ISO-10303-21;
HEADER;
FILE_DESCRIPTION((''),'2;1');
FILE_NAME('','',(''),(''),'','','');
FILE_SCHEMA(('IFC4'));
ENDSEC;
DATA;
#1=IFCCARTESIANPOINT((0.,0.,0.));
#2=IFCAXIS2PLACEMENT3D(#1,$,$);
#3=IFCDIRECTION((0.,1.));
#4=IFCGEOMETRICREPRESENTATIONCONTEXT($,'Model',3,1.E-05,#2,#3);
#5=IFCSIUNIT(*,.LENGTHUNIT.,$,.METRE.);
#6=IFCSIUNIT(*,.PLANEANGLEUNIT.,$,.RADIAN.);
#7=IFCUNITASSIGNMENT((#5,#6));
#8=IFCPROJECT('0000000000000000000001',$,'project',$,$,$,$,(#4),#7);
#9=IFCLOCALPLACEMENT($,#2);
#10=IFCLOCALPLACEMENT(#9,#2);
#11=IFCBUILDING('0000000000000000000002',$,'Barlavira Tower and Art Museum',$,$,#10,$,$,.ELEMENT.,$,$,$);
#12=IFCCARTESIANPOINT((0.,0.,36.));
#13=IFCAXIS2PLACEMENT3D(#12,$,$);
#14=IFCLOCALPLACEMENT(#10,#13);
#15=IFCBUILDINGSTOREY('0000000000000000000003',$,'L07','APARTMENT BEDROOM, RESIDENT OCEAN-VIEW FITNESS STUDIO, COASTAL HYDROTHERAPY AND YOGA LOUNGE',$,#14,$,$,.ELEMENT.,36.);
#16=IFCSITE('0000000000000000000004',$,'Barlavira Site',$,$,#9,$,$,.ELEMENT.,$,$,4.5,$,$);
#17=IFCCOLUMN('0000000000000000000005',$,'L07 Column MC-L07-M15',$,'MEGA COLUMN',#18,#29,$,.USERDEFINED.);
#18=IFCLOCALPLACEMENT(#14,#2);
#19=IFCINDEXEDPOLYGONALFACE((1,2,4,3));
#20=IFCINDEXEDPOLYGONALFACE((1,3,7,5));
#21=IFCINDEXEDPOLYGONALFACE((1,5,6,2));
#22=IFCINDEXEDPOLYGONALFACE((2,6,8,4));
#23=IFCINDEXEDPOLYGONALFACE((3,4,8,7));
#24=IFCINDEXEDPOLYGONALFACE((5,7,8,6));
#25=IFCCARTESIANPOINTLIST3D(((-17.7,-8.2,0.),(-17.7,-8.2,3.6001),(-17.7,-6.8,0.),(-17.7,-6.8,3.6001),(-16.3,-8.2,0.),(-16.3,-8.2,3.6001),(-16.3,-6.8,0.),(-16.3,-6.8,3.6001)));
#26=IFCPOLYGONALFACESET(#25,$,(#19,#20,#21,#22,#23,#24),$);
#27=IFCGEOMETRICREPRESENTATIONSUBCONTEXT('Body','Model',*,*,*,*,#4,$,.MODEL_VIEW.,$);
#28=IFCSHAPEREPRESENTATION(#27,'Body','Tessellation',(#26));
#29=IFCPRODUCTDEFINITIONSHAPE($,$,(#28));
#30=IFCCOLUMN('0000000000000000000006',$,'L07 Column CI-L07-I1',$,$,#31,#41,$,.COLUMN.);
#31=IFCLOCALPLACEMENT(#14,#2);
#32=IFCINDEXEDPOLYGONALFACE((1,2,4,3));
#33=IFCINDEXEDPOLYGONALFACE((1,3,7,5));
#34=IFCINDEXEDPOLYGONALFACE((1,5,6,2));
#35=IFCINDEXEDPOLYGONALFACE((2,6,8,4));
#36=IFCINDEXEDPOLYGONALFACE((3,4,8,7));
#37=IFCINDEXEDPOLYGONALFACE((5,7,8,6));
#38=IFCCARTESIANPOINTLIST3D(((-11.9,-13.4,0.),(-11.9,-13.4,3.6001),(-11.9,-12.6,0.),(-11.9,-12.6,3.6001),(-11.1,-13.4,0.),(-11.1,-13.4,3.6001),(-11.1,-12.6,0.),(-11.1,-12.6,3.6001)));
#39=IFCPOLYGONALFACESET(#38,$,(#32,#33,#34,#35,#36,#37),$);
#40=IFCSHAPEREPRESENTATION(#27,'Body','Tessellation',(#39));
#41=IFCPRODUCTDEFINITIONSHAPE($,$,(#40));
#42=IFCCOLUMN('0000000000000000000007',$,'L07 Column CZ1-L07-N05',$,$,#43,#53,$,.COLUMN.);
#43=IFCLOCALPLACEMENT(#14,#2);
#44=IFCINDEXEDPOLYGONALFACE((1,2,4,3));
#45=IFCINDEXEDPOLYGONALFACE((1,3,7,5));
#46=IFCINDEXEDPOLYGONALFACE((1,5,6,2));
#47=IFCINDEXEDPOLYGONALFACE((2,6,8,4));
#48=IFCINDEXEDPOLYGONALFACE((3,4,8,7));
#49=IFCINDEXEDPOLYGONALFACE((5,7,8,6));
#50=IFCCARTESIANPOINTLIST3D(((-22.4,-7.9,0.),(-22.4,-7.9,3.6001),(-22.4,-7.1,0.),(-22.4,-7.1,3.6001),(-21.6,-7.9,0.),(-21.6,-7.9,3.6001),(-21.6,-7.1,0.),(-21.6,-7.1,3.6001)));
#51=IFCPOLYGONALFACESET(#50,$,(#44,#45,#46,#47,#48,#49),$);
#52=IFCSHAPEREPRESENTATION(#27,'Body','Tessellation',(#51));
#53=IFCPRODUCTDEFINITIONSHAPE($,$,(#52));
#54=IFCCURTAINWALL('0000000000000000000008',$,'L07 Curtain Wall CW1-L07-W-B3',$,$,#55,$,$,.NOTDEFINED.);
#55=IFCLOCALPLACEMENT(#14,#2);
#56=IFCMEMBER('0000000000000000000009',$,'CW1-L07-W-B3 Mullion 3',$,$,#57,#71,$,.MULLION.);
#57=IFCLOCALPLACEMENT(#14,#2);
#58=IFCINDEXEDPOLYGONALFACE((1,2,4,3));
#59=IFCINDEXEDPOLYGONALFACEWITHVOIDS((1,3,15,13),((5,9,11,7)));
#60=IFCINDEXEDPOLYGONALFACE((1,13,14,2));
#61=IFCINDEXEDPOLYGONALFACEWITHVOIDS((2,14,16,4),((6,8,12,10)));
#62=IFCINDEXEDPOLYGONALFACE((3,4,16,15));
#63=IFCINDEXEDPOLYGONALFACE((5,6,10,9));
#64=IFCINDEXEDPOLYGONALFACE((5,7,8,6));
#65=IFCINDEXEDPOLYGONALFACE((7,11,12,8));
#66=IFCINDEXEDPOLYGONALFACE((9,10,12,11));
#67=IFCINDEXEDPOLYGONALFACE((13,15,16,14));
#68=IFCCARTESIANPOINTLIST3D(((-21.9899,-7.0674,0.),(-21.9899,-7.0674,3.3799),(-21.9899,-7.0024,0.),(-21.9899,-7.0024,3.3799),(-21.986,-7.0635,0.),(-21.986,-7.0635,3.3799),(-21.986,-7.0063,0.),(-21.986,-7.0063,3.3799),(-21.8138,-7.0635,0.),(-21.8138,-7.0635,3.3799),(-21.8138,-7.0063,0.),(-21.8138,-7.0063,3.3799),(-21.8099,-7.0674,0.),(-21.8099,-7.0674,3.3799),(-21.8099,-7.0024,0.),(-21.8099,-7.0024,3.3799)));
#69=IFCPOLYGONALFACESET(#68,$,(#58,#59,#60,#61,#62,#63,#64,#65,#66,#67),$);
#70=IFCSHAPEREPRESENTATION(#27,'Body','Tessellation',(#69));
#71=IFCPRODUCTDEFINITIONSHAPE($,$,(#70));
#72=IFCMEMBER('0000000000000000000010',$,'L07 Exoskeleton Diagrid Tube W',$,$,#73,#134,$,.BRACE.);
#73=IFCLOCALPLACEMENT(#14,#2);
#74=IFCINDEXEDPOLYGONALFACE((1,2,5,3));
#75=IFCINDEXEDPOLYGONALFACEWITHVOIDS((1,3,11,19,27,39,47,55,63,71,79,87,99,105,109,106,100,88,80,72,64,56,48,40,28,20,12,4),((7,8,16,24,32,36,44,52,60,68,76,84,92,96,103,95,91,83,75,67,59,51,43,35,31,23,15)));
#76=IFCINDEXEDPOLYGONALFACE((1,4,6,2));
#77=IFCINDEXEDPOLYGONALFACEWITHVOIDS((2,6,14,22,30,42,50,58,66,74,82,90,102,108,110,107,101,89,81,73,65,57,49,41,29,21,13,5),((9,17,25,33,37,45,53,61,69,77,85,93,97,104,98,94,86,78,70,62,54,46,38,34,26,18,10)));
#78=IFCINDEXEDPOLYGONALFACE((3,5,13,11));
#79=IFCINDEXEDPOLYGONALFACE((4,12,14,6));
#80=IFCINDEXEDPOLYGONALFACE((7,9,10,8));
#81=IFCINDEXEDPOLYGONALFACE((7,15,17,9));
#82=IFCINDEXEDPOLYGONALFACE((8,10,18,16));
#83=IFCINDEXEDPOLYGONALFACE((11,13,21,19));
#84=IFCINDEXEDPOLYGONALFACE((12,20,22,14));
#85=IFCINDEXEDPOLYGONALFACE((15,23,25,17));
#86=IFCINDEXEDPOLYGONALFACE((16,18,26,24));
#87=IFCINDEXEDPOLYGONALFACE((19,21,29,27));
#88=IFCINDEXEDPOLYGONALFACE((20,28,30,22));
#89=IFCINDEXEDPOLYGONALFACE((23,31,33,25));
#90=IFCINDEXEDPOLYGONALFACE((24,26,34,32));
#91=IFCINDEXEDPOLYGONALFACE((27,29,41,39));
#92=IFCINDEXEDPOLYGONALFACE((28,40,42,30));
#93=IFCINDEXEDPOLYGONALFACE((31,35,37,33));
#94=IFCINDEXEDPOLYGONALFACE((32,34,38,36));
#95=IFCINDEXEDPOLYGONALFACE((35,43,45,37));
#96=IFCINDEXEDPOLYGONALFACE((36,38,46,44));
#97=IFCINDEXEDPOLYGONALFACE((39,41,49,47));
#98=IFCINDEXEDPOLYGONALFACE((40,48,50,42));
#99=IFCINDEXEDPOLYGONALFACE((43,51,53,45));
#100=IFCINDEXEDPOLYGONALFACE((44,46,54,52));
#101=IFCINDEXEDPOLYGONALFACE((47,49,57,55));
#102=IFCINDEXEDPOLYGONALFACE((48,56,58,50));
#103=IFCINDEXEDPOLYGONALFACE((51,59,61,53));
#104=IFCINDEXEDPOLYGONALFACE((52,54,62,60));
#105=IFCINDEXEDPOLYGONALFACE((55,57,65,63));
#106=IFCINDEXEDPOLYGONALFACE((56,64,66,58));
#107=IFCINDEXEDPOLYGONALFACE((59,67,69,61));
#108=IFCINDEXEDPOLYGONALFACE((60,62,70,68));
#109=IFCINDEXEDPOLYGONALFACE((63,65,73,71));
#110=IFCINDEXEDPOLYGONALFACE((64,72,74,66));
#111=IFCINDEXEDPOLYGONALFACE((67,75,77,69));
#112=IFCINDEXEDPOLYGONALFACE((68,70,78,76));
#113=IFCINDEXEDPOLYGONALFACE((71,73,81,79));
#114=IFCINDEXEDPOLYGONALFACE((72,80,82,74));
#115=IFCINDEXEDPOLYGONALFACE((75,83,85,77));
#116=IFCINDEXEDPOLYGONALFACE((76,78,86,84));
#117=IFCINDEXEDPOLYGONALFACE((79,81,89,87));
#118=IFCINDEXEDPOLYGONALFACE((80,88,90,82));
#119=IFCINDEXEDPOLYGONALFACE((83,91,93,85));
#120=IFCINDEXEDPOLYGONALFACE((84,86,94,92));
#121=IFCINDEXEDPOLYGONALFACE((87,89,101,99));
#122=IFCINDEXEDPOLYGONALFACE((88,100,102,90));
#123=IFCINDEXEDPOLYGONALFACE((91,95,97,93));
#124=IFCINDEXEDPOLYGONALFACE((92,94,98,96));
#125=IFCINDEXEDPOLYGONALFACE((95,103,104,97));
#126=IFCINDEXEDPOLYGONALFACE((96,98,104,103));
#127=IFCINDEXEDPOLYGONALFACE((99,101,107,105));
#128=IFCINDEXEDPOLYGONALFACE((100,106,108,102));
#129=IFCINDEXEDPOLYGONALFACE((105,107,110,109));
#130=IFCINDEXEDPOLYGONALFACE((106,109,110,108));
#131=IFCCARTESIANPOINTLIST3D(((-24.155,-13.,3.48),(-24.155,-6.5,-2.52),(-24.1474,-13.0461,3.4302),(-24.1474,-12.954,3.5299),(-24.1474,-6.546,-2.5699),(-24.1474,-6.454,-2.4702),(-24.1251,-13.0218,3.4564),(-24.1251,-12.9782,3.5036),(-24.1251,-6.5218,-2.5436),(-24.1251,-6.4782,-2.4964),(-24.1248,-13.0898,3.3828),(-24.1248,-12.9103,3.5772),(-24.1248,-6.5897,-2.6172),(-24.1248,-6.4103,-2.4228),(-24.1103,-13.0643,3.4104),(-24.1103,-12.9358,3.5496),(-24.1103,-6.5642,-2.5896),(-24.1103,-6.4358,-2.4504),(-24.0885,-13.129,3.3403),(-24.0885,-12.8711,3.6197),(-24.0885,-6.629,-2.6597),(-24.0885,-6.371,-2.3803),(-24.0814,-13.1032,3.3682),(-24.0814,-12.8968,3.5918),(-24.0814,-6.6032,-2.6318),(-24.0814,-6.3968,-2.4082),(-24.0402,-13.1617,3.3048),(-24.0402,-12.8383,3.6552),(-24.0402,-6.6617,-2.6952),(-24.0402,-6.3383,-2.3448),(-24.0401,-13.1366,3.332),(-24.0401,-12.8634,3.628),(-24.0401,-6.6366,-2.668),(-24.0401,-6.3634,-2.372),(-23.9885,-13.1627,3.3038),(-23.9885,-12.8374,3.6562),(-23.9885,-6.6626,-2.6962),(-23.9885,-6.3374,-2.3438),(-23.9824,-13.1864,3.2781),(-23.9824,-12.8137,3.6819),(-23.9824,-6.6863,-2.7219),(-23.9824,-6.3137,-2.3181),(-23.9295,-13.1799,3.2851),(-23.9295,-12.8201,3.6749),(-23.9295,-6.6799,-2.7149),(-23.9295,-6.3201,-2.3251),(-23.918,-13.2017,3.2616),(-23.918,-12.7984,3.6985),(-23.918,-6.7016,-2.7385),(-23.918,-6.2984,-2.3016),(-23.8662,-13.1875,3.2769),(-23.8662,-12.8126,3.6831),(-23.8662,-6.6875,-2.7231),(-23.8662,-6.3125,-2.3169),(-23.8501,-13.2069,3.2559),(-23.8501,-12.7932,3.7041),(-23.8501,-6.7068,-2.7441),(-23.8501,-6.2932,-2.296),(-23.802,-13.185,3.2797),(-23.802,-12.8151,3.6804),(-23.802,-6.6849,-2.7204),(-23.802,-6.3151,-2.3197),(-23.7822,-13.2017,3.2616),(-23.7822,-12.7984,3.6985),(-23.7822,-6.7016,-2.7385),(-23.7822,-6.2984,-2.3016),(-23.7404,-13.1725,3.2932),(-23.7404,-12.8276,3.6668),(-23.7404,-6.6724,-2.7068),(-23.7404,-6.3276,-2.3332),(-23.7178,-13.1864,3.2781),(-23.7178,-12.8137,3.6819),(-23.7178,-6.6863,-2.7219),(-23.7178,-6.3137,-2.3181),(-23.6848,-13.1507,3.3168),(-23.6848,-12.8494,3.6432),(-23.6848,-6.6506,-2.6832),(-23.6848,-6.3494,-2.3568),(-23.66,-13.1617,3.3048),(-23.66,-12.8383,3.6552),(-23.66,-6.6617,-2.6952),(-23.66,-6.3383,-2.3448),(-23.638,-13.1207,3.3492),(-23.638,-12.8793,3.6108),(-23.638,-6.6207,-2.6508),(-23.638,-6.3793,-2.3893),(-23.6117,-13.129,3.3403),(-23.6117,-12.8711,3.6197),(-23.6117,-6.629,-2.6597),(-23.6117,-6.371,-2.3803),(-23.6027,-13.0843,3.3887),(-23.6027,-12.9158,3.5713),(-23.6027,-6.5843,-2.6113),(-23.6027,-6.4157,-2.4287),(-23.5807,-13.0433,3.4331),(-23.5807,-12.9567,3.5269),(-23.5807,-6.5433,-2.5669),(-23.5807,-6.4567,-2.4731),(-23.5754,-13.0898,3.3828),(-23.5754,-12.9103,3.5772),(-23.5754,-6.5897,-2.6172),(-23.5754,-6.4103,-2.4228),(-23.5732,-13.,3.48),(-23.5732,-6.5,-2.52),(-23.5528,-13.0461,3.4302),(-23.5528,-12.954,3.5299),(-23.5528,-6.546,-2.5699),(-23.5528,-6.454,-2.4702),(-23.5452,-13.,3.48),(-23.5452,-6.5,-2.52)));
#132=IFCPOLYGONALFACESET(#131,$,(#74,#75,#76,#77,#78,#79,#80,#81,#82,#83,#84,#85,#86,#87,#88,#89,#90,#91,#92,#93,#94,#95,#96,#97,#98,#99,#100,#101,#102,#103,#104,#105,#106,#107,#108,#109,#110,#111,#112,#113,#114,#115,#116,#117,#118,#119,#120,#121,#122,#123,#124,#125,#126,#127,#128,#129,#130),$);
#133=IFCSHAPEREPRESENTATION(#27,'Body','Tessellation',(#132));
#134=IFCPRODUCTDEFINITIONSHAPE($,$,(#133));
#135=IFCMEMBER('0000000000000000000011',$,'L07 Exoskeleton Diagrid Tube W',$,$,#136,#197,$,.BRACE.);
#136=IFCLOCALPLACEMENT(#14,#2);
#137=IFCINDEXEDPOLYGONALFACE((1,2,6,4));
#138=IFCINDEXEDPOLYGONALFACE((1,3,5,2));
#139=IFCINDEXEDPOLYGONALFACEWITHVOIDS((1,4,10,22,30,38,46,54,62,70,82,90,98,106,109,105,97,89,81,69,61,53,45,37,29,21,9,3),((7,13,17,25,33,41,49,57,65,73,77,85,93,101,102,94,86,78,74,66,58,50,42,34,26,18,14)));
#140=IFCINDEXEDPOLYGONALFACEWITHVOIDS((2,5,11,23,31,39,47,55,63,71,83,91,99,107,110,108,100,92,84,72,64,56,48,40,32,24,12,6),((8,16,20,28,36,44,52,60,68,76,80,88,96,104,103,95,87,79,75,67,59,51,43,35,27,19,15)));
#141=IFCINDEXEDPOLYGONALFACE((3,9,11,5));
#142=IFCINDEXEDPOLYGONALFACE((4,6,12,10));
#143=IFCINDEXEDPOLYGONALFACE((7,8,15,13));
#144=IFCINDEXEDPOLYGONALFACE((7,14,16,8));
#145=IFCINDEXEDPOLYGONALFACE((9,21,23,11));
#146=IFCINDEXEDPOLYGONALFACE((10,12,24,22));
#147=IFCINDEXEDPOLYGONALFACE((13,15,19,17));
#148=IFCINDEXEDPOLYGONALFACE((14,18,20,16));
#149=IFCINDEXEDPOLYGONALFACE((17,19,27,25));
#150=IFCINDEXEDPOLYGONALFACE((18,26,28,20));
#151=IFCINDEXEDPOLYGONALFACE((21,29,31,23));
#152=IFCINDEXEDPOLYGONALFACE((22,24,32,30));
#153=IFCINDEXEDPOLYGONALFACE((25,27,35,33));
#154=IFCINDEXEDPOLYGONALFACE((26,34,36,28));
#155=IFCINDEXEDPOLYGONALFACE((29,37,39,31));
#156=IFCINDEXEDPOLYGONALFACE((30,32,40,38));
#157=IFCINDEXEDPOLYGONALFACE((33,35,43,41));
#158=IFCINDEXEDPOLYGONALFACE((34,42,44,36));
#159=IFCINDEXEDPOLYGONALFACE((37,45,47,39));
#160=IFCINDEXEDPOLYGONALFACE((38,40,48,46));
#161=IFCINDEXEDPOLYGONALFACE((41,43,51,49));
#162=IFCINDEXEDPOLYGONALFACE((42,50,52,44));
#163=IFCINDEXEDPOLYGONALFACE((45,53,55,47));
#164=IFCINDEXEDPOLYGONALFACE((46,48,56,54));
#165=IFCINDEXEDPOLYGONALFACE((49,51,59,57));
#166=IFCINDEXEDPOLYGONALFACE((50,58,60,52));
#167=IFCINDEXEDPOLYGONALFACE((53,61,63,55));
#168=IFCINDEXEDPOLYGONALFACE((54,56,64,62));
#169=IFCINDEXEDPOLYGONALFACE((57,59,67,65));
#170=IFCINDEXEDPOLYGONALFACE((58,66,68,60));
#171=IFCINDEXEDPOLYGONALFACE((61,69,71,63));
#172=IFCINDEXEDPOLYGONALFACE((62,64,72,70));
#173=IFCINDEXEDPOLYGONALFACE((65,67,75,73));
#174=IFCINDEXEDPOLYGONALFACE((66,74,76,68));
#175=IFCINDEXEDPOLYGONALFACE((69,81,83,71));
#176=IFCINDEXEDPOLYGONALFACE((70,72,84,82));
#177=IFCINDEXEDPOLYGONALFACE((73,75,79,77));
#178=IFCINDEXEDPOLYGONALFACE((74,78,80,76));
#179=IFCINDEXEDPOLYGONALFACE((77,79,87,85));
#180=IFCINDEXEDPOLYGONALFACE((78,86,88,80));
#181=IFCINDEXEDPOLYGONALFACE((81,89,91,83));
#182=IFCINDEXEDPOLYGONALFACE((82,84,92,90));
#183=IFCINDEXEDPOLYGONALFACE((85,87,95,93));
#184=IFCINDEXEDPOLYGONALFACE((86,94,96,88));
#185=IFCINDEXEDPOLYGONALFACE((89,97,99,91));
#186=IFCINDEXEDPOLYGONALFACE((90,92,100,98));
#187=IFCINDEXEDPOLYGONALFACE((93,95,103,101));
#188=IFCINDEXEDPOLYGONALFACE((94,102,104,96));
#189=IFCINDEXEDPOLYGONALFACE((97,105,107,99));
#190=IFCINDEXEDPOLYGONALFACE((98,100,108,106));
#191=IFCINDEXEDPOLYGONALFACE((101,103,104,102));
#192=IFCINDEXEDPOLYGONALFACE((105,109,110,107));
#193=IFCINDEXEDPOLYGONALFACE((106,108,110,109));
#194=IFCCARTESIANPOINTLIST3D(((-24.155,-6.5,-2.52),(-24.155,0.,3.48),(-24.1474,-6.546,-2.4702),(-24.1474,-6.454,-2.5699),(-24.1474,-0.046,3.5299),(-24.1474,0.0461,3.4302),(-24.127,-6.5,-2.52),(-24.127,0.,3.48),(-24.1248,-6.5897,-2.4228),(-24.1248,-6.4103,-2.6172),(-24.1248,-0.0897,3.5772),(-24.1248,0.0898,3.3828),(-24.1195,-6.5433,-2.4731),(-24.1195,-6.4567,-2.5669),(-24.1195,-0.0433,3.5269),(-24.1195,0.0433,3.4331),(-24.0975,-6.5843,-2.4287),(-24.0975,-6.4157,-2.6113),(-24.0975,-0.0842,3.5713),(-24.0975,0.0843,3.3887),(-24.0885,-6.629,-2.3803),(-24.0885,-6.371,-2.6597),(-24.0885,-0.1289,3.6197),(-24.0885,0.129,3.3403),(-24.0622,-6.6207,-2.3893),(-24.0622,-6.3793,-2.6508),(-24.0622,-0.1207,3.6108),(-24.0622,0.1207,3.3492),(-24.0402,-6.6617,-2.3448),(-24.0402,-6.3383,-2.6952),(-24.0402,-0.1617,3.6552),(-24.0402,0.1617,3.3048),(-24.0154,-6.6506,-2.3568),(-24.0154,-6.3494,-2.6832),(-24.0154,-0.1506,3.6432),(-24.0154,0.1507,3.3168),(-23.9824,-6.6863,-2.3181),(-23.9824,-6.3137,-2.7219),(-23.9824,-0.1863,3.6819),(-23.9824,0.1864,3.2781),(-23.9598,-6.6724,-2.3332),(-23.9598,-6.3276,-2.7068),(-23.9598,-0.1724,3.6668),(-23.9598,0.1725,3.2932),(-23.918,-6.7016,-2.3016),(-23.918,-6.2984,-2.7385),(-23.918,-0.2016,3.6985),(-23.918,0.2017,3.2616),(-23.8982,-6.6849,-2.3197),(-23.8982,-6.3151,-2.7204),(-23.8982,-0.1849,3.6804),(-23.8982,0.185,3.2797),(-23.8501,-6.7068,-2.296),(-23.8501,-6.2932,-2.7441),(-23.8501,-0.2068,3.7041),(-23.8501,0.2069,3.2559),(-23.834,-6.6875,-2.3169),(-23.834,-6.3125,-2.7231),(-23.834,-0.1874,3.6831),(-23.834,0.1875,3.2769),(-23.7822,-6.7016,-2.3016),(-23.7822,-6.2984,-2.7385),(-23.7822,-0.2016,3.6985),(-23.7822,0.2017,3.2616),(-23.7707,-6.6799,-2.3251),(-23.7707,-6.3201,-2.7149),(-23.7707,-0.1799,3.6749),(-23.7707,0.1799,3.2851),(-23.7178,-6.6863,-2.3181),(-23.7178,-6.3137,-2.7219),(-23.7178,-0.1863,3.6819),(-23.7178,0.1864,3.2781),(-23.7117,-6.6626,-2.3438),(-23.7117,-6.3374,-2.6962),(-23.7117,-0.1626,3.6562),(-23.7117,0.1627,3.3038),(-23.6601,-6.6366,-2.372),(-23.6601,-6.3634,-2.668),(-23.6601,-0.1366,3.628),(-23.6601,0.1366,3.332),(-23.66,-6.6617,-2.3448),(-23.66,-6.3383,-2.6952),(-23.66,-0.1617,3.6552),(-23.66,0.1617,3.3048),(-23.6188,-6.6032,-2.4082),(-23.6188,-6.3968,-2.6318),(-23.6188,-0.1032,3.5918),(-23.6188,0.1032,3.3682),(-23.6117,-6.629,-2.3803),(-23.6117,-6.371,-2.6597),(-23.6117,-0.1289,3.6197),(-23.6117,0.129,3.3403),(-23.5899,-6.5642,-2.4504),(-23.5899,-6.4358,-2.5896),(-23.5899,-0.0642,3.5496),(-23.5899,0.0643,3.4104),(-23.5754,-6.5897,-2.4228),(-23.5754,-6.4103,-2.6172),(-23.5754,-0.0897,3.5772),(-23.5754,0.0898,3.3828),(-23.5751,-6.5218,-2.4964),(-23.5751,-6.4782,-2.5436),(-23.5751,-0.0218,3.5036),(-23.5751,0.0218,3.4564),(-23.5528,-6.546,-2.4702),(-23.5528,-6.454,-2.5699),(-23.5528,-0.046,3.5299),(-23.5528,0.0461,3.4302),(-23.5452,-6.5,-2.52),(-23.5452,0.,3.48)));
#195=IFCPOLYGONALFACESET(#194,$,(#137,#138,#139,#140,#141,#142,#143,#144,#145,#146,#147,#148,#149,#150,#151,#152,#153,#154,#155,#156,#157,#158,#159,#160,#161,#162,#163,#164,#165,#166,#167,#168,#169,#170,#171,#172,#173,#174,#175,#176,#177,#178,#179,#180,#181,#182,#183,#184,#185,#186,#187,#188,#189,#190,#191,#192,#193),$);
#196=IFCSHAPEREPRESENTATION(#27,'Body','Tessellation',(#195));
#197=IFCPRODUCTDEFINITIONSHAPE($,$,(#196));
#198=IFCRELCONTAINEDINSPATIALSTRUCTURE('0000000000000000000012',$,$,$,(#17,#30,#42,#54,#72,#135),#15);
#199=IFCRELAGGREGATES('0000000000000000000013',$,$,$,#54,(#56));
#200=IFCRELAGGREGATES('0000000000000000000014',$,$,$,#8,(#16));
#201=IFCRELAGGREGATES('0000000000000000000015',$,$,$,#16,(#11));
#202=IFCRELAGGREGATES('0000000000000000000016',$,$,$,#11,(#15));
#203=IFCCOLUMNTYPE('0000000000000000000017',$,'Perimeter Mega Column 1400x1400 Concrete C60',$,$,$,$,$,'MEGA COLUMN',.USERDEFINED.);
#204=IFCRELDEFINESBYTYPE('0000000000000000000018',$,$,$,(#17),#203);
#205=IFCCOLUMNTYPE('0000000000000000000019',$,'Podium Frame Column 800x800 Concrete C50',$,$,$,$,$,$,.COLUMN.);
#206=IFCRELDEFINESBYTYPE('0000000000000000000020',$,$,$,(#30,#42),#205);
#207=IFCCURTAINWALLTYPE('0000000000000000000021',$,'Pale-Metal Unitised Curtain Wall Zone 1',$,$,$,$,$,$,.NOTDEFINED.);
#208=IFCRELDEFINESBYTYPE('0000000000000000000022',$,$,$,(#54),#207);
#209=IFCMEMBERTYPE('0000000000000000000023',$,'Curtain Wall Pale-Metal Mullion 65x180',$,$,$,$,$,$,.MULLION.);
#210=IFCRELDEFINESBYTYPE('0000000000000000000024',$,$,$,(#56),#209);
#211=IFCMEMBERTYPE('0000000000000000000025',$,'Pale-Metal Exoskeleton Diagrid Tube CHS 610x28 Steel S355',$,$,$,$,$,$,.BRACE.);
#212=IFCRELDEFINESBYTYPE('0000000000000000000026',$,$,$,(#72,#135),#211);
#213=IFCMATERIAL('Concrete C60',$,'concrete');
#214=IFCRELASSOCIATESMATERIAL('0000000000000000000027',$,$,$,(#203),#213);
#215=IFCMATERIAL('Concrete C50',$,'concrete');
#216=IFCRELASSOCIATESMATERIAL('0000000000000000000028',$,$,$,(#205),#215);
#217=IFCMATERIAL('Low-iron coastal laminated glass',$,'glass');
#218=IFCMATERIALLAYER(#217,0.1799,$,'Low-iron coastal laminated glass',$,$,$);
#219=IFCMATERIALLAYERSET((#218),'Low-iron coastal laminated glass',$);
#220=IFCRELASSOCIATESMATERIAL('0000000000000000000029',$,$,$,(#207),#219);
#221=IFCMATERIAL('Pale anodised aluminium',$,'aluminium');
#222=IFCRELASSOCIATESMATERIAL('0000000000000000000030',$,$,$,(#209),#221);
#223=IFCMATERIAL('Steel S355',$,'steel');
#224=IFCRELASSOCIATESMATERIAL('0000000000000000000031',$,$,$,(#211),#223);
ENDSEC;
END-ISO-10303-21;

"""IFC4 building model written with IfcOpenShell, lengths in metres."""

from ifc_helpers import new_model, si_unit, direction, frame, origin, origin_2d, place, context, subcontext, project, spatial, rectangle, hollow_rectangle, hollow_circle, extrude, material, layer, layer_set, material_profile, profile_set, type_object, element, aggregate, save


model = new_model("IFC4")

# Units and contexts
model_context = context("Model", 3, precision=1e-05, world=origin(), true_north=direction((0.0, 1.0)))
body_context = subcontext(model_context, "Body", "Model", "MODEL_VIEW")
ifc_project = project(units=[si_unit("LENGTHUNIT", "METRE"), si_unit("PLANEANGLEUNIT", "RADIAN")], contexts=[model_context])

# Site, building, storey
site_placement = place(None, origin())
site = spatial("IfcSite", under=ifc_project, at=site_placement, Name="Barlavira Site", CompositionType="ELEMENT", RefElevation=4.5)
building_placement = place(site_placement, origin())
building = spatial("IfcBuilding", under=site, at=building_placement, Name="Barlavira Tower and Art Museum", CompositionType="ELEMENT")
storey_placement = place(building_placement, frame((0.0, 0.0, 36.0)))
storey = spatial("IfcBuildingStorey", under=building, at=storey_placement, Name="L07", Description="APARTMENT BEDROOM, RESIDENT OCEAN-VIEW FITNESS STUDIO, COASTAL HYDROTHERAPY AND YOGA LOUNGE", CompositionType="ELEMENT", Elevation=36.0)

# Columns
ifc_material_1 = material(Name="Concrete C60", Category="concrete")
ifc_material_profile_1 = material_profile(ifc_material_1, rectangle(XDim=1.3999, YDim=1.3999, at=origin_2d()), Name="RC-MCOL 1400x1400")
ifc_profile_set_1 = profile_set([ifc_material_profile_1], Name="Concrete C60")
column_type_1 = type_object("IfcColumnType", Name="Perimeter Mega Column 1400x1400 Concrete C60", ElementType="MEGA COLUMN", PredefinedType="USERDEFINED", material=ifc_profile_set_1)
column_placement = place(storey_placement, frame((-17.0, -7.5, 0.0), z_axis=(0.0, 0.0, 1.0), x_axis=(1.0, 0.0, 0.0)))
element("IfcColumn", 1, at=column_placement, inside=storey, type_object=column_type_1, Name="L07 Column MC-L07-M15", ObjectType="MEGA COLUMN", PredefinedType="USERDEFINED", context=body_context, shape_type="SweptSolid", body=[
    extrude(rectangle(XDim=1.3999, YDim=1.3999, at=origin_2d()), origin(), (0.0, 0.0, 1.0), 3.6001),
])
ifc_material_2 = material(Name="Concrete C50", Category="concrete")
ifc_material_profile_2 = material_profile(ifc_material_2, rectangle(XDim=0.8, YDim=0.8, at=origin_2d()), Name="RC-COL 800x800")
ifc_profile_set_2 = profile_set([ifc_material_profile_2], Name="Concrete C50")
column_type_2 = type_object("IfcColumnType", Name="Podium Frame Column 800x800 Concrete C50", PredefinedType="COLUMN", material=ifc_profile_set_2)
for number, where, z_axis, x_axis, name in (
    (2, (-11.5, -13.0, 0.0), (0.0, 0.0, 1.0), (1.0, 0.0, 0.0), "L07 Column CI-L07-I1"),
    (3, (-22.0, -7.5, 0.0), (0.0, 0.0, 1.0), (1.0, 0.0, 0.0), "L07 Column CZ1-L07-N05"),
):
    element("IfcColumn", number, at=place(storey_placement, frame(where, z_axis=z_axis, x_axis=x_axis)), inside=storey, type_object=column_type_2, Name=name, PredefinedType="COLUMN", context=body_context, shape_type="SweptSolid", body=[
        extrude(rectangle(XDim=0.8, YDim=0.8, at=origin_2d()), origin(), (0.0, 0.0, 1.0), 3.6001),
    ])

# Curtain wall, member
ifc_material_3 = material(Name="Low-iron coastal laminated glass", Category="glass")
ifc_layer_1 = layer(ifc_material_3, 0.1799, Name="Low-iron coastal laminated glass")
ifc_layer_set_1 = layer_set([ifc_layer_1], Name="Low-iron coastal laminated glass")
curtain_wall_type = type_object("IfcCurtainWallType", Name="Pale-Metal Unitised Curtain Wall Zone 1", PredefinedType="NOTDEFINED", material=ifc_layer_set_1)
curtain_wall_placement = place(storey_placement, origin())
curtain_wall = element("IfcCurtainWall", 4, at=curtain_wall_placement, inside=storey, type_object=curtain_wall_type, Name="L07 Curtain Wall CW1-L07-W-B3", PredefinedType="NOTDEFINED")
ifc_material_4 = material(Name="Pale anodised aluminium", Category="aluminium")
ifc_material_profile_3 = material_profile(ifc_material_4, hollow_rectangle(XDim=0.0649, YDim=0.1799, WallThickness=0.0039, at=origin_2d()), Name="ALU-MULL 65x180x4")
ifc_profile_set_3 = profile_set([ifc_material_profile_3], Name="Pale anodised aluminium")
member_type_1 = type_object("IfcMemberType", Name="Curtain Wall Pale-Metal Mullion 65x180", PredefinedType="MULLION", material=ifc_profile_set_3)
member_placement = place(storey_placement, frame((-21.8999, -7.0349, 0.0), z_axis=(0.0, 0.0, 1.0), x_axis=(0.0, -1.0, 0.0)))
member = element("IfcMember", 5, at=member_placement, type_object=member_type_1, Name="CW1-L07-W-B3 Mullion 3", PredefinedType="MULLION", context=body_context, shape_type="SweptSolid", body=[
    extrude(hollow_rectangle(XDim=0.0649, YDim=0.1799, WallThickness=0.0039, at=origin_2d()), origin(), (0.0, 0.0, 1.0), 3.3799),
])

# Members
ifc_material_5 = material(Name="Steel S355", Category="steel")
ifc_material_profile_4 = material_profile(ifc_material_5, hollow_circle(Radius=0.3049, WallThickness=0.0281, at=origin_2d()), Name="CHS 610.0x28.0")
ifc_profile_set_4 = profile_set([ifc_material_profile_4], Name="Steel S355")
member_type_2 = type_object("IfcMemberType", Name="Pale-Metal Exoskeleton Diagrid Tube CHS 610x28 Steel S355", PredefinedType="BRACE", material=ifc_profile_set_4)
for number, where, z_axis, x_axis, name in (
    (6, (-23.8501, -6.5, -2.52), (0.0, -0.734803, 0.67828), (1.0, 0.0, 0.0), "L07 Exoskeleton Diagrid Tube W"),
    (7, (-23.8501, -6.5, -2.52), (0.0, 0.734803, 0.67828), (-1.0, 0.0, 0.0), "L07 Exoskeleton Diagrid Tube W"),
):
    element("IfcMember", number, at=place(storey_placement, frame(where, z_axis=z_axis, x_axis=x_axis)), inside=storey, type_object=member_type_2, Name=name, PredefinedType="BRACE", context=body_context, shape_type="SweptSolid", body=[
        extrude(hollow_circle(Radius=0.3049, WallThickness=0.0281, at=origin_2d()), origin(), (0.0, 0.0, 1.0), 8.8459),
    ])

aggregate(curtain_wall, [member])

save(model, "model.ifc")
